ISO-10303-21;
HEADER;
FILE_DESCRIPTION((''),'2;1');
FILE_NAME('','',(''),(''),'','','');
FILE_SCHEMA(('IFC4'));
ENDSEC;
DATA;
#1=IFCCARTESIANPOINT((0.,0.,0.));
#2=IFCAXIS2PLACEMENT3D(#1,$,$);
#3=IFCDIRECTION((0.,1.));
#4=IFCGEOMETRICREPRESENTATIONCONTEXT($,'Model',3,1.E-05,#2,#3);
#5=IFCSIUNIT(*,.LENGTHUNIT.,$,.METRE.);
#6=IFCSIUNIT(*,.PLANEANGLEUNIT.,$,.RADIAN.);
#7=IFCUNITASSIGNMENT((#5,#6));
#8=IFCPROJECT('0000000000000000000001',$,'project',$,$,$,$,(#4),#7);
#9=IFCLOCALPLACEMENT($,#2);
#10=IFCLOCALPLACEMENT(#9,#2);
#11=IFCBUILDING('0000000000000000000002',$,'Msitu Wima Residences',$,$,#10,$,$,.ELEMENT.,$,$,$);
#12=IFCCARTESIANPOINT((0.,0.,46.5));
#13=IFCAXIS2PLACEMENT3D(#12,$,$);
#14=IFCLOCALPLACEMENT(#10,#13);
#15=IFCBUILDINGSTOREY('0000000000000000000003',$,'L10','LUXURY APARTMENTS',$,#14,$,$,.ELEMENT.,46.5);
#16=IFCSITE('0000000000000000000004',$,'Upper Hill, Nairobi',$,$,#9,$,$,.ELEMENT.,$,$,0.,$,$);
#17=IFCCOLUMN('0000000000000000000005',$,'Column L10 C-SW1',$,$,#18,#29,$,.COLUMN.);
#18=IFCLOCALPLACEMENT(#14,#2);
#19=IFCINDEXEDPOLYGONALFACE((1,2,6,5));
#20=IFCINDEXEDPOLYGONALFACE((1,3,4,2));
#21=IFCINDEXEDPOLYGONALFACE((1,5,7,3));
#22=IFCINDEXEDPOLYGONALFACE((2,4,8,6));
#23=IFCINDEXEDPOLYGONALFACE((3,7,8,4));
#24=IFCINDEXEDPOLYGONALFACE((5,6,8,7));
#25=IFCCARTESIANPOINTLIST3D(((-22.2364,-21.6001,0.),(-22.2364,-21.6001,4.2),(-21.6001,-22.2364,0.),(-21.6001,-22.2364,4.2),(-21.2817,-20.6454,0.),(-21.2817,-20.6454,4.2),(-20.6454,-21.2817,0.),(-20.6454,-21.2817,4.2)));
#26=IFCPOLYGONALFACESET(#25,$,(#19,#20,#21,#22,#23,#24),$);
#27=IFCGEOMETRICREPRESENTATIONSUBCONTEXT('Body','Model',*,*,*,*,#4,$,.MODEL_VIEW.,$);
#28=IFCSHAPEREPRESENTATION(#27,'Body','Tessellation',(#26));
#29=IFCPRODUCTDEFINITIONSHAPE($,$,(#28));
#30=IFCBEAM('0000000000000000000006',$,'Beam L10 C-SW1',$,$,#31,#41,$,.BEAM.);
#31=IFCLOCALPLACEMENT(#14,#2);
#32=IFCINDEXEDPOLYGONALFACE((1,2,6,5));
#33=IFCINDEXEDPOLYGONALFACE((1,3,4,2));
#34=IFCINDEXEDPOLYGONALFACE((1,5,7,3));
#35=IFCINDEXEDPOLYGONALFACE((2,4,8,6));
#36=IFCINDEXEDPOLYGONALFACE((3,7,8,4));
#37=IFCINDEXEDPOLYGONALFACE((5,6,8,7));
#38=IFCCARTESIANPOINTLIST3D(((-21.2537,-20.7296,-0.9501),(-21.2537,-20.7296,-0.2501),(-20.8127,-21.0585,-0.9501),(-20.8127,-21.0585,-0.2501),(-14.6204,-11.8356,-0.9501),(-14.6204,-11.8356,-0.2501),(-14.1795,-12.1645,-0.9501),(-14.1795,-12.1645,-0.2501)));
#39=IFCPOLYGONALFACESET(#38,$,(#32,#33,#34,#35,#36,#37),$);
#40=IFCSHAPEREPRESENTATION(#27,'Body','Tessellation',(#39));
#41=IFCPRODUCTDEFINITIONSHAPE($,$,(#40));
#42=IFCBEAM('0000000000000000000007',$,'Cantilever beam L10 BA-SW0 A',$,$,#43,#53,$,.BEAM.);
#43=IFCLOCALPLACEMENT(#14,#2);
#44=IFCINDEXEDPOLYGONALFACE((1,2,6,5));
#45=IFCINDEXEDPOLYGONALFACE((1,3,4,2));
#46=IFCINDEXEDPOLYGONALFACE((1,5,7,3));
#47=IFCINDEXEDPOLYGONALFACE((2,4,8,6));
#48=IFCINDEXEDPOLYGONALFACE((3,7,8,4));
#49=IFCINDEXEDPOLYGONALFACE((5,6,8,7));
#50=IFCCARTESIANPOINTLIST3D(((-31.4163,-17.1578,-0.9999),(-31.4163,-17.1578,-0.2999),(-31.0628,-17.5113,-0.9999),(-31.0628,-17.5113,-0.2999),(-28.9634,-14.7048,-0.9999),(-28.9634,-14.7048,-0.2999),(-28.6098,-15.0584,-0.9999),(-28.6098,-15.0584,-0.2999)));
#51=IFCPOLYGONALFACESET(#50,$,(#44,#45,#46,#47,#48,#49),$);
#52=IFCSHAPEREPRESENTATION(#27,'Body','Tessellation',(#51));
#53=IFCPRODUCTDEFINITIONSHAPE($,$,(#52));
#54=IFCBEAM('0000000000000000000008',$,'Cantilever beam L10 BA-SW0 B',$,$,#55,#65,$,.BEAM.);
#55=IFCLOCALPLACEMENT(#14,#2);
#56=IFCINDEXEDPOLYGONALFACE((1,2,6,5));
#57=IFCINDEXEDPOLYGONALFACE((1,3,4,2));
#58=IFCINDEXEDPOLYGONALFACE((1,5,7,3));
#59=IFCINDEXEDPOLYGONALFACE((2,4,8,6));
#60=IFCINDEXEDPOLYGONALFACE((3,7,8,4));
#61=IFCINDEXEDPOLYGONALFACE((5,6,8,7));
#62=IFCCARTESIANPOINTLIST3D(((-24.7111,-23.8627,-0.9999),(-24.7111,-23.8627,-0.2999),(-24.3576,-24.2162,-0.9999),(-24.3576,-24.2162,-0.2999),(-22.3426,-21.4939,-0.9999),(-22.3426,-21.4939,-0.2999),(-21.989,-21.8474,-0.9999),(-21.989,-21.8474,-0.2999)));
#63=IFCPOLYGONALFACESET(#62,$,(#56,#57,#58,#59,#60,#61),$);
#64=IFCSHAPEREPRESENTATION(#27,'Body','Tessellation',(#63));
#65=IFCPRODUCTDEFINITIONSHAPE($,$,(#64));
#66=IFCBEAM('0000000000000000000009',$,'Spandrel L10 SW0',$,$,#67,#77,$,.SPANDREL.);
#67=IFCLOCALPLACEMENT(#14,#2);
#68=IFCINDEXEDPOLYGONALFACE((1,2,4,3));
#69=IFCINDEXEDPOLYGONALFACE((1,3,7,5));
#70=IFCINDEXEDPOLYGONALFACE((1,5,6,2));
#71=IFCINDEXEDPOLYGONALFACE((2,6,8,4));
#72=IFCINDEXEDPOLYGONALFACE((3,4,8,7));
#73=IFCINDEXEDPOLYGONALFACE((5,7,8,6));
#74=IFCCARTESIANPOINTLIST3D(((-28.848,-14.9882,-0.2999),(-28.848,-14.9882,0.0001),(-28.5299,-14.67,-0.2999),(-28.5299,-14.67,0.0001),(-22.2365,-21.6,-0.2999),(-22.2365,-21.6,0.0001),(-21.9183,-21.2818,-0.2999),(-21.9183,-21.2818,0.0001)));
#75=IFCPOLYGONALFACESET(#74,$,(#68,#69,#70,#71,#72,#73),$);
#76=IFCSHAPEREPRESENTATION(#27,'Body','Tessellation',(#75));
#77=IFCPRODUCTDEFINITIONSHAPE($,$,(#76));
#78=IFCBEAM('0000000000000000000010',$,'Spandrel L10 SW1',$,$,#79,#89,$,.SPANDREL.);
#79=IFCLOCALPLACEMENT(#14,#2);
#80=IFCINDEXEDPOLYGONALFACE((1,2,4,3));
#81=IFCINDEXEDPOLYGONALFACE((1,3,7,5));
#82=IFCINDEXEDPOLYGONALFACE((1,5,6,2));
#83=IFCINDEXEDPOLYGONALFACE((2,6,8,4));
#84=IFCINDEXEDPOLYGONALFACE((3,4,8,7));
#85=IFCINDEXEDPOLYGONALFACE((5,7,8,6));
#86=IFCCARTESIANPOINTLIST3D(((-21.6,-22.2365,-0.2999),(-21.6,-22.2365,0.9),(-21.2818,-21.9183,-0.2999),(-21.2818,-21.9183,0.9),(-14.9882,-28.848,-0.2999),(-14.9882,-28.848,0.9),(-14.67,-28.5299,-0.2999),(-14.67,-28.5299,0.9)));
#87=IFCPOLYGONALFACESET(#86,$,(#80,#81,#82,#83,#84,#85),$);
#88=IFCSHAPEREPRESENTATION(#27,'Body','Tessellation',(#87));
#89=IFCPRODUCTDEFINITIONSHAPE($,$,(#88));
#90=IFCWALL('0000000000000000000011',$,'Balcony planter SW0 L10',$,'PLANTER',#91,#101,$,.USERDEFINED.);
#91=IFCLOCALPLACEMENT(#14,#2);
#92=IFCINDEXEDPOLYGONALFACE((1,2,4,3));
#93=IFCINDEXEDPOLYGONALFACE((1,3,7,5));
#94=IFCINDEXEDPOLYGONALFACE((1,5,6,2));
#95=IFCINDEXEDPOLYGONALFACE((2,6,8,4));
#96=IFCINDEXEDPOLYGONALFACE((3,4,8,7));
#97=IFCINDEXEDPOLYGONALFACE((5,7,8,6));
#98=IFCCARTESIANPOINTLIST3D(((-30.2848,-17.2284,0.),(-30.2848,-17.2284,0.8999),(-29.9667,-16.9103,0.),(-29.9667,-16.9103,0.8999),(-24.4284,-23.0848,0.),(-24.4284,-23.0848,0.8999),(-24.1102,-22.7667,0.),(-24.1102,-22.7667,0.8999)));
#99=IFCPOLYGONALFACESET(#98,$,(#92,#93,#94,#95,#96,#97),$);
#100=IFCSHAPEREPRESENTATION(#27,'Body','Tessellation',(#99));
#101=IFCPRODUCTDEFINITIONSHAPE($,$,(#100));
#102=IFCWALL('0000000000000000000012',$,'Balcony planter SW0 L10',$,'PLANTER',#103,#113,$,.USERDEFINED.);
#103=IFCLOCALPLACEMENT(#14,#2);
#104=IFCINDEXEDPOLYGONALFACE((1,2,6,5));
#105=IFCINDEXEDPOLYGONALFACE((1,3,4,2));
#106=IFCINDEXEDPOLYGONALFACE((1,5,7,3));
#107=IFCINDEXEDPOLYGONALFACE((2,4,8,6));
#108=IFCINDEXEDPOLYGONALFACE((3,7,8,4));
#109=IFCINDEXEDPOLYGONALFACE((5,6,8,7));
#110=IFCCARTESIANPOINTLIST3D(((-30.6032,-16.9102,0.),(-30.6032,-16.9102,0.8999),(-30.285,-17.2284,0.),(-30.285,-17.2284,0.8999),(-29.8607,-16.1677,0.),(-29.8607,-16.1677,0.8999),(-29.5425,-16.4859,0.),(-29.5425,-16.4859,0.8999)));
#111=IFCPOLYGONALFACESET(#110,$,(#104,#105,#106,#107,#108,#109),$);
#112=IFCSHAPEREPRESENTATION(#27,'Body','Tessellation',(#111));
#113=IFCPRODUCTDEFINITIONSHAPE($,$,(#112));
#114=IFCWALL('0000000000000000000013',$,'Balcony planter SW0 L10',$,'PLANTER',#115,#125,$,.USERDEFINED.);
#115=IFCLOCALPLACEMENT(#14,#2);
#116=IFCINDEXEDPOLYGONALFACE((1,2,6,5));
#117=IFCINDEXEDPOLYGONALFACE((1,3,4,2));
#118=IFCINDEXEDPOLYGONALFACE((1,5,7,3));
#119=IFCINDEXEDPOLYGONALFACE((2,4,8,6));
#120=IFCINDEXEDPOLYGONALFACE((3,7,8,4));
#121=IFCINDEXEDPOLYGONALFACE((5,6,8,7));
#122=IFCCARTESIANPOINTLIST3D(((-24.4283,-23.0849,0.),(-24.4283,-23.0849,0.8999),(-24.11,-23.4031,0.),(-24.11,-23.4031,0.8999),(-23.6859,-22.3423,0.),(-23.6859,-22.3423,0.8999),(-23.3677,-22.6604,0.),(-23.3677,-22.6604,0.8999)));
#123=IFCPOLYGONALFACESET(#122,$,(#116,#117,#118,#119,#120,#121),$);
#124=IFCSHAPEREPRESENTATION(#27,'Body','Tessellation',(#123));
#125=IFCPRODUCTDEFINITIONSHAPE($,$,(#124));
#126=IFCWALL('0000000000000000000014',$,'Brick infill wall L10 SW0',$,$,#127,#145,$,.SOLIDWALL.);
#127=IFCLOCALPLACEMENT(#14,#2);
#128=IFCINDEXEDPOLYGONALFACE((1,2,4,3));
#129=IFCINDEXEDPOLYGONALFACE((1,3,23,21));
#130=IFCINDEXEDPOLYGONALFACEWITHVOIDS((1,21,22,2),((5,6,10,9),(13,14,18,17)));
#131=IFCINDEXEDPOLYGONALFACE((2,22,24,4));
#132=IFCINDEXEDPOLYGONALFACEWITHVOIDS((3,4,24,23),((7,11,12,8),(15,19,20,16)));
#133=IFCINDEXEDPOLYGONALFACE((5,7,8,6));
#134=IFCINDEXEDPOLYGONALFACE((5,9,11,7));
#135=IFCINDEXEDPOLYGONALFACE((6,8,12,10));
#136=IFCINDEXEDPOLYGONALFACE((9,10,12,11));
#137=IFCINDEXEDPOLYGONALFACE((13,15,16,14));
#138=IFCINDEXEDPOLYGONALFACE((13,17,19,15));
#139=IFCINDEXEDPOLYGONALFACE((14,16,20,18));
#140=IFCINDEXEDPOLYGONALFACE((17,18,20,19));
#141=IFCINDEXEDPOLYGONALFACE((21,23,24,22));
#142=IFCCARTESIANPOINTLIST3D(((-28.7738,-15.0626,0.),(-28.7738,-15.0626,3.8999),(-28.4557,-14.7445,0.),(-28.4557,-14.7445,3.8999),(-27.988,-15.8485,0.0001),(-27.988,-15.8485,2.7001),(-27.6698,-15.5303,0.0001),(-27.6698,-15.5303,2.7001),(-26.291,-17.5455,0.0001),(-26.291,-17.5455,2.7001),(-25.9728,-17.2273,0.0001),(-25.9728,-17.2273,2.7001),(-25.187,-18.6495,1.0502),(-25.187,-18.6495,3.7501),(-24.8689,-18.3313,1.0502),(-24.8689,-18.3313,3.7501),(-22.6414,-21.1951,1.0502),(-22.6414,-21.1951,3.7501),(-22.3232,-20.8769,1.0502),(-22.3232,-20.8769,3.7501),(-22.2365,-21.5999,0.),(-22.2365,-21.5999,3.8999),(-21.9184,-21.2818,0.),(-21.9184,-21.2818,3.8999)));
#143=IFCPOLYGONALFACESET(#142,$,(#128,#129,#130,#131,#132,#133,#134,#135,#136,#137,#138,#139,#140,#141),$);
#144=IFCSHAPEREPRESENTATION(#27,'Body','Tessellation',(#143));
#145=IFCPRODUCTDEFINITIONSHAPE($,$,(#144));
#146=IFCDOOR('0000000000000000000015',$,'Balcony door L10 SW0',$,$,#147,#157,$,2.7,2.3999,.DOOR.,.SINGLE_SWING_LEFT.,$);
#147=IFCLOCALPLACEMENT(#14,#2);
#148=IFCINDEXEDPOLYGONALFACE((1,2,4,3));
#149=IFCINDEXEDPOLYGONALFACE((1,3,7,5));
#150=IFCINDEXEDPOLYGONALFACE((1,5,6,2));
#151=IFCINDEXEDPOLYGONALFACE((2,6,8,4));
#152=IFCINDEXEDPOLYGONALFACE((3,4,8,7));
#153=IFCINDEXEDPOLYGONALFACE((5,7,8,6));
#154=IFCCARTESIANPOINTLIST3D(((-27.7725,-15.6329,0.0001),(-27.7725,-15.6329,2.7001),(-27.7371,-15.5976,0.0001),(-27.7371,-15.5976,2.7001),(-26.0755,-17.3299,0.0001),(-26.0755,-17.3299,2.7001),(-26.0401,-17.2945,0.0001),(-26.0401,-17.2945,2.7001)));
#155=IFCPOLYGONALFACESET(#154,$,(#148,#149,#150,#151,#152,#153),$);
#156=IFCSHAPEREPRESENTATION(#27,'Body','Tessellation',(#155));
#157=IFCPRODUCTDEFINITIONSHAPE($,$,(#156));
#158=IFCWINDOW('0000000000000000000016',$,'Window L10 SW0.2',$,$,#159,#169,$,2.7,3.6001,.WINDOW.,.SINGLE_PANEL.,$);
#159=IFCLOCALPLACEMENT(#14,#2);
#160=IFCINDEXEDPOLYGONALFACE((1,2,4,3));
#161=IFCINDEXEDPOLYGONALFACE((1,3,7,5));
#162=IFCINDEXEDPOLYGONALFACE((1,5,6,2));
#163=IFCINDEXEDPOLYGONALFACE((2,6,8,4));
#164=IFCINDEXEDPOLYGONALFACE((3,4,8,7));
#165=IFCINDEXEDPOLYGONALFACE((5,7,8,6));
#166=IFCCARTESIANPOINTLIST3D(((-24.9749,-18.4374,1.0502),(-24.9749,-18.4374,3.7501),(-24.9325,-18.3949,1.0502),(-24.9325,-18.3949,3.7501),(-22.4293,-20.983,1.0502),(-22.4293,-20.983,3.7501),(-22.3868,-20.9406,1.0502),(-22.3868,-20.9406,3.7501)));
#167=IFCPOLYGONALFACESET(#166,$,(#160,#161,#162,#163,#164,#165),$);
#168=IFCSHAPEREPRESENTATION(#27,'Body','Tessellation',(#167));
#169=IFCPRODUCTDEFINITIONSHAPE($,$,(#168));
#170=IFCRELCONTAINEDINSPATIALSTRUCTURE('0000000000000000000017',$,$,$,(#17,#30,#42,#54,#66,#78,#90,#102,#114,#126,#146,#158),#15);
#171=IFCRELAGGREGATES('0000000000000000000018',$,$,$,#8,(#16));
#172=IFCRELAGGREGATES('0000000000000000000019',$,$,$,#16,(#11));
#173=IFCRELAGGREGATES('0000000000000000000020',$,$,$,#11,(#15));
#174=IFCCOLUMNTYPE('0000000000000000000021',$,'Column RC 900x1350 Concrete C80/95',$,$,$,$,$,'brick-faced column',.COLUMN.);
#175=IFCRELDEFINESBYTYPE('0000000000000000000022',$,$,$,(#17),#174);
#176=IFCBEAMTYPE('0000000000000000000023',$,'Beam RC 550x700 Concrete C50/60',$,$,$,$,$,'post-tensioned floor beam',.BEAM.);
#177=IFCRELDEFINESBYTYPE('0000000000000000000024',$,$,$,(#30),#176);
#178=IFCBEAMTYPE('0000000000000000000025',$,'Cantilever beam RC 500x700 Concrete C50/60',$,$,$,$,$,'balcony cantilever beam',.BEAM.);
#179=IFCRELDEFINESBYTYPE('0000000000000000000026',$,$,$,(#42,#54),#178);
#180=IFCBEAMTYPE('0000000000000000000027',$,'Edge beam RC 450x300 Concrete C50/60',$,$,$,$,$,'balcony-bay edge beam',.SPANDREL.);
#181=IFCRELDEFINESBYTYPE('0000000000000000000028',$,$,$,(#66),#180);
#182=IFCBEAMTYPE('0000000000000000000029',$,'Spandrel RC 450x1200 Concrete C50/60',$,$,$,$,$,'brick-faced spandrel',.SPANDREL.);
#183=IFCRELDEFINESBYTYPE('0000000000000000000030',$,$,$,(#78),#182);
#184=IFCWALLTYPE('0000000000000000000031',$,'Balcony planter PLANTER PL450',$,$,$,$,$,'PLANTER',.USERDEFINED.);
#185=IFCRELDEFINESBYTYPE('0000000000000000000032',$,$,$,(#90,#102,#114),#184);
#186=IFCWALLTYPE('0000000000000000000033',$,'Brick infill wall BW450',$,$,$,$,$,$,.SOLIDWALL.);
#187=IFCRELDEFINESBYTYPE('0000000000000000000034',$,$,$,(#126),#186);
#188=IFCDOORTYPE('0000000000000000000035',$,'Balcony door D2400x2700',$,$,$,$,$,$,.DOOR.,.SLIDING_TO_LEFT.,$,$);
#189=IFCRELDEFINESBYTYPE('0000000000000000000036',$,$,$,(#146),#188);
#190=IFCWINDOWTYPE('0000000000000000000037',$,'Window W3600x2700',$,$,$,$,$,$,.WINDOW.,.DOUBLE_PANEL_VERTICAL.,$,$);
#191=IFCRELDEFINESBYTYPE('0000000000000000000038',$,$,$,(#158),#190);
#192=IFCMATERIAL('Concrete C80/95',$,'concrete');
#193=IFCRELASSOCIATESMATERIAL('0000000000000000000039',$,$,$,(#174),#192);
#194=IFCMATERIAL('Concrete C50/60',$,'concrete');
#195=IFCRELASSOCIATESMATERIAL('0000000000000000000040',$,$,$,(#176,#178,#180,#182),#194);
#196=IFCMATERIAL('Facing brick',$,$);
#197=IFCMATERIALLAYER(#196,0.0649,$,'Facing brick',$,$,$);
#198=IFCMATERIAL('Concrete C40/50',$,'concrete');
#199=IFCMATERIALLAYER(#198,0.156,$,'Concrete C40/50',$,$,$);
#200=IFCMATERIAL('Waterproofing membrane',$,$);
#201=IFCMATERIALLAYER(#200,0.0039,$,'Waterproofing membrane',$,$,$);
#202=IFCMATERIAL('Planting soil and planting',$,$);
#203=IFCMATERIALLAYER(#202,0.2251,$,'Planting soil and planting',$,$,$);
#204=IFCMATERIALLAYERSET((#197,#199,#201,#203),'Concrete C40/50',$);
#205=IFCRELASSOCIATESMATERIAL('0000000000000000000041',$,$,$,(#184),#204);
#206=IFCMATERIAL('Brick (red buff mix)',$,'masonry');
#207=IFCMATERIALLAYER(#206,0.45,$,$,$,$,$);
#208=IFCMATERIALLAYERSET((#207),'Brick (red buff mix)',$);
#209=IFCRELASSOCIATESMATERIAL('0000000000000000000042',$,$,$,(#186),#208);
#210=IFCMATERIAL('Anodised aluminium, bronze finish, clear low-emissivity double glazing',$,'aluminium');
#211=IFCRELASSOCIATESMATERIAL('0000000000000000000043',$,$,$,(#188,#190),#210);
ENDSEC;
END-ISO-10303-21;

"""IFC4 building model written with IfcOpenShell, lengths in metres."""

from ifc_helpers import new_model, si_unit, direction, frame, frame_2d, origin, origin_2d, place, context, subcontext, project, spatial, rectangle, extrude, material, layer, layer_set, material_profile, profile_set, type_object, element, fill, save


model = new_model("IFC4")

# Units and contexts
model_context = context("Model", 3, precision=1e-05, world=origin(), true_north=direction((0.0, 1.0)))
body_context = subcontext(model_context, "Body", "Model", "MODEL_VIEW")
ifc_project = project(units=[si_unit("LENGTHUNIT", "METRE"), si_unit("PLANEANGLEUNIT", "RADIAN")], contexts=[model_context])

# Site, building, storey
site_placement = place(None, origin())
site = spatial("IfcSite", under=ifc_project, at=site_placement, Name="Upper Hill, Nairobi", CompositionType="ELEMENT", RefElevation=0.0)
building_placement = place(site_placement, origin())
building = spatial("IfcBuilding", under=site, at=building_placement, Name="Msitu Wima Residences", CompositionType="ELEMENT")
storey_placement = place(building_placement, frame((0.0, 0.0, 46.5)))
storey = spatial("IfcBuildingStorey", under=building, at=storey_placement, Name="L10", Description="LUXURY APARTMENTS", CompositionType="ELEMENT", Elevation=46.5)

# Column
ifc_material_1 = material(Name="Concrete C80/95", Category="concrete")
ifc_material_profile_1 = material_profile(ifc_material_1, rectangle(XDim=0.8999, YDim=1.3501, at=origin_2d()), Name="RC 900x1350")
ifc_profile_set_1 = profile_set([ifc_material_profile_1], Name="Concrete C80/95")
column_type = type_object("IfcColumnType", Name="Column RC 900x1350 Concrete C80/95", ElementType="brick-faced column", PredefinedType="COLUMN", material=ifc_profile_set_1)
column_placement = place(storey_placement, frame((-21.4409, -21.4409, 0.0), z_axis=(0.0, 0.0, 1.0), x_axis=(0.707107, -0.707107, 0.0)))
element("IfcColumn", 1, at=column_placement, inside=storey, type_object=column_type, Name="Column L10 C-SW1", PredefinedType="COLUMN", context=body_context, shape_type="SweptSolid", body=[
    extrude(rectangle(XDim=0.8999, YDim=1.3501, at=origin_2d()), origin(), (0.0, 0.0, 1.0), 4.2),
])

# Beams
ifc_material_2 = material(Name="Concrete C50/60", Category="concrete")
ifc_material_profile_2 = material_profile(ifc_material_2, rectangle(XDim=0.55, YDim=0.7, at=origin_2d()), Name="RC 550x700")
ifc_profile_set_2 = profile_set([ifc_material_profile_2], Name="Concrete C50/60")
beam_type_1 = type_object("IfcBeamType", Name="Beam RC 550x700 Concrete C50/60", ElementType="post-tensioned floor beam", PredefinedType="BEAM", material=ifc_profile_set_2)
beam_1_placement = place(storey_placement, frame((-21.0332, -20.894, -0.6001), z_axis=(0.59785, 0.801608, 0.0), x_axis=(-0.801608, 0.59785, 0.0)))
element("IfcBeam", 2, at=beam_1_placement, inside=storey, type_object=beam_type_1, Name="Beam L10 C-SW1", PredefinedType="BEAM", context=body_context, shape_type="SweptSolid", body=[
    extrude(rectangle(XDim=0.55, YDim=0.7, at=origin_2d()), origin(), (0.0, 0.0, 1.0), 11.0952),
])
ifc_material_profile_3 = material_profile(ifc_material_2, rectangle(XDim=0.5, YDim=0.7, at=origin_2d()), Name="RC 500x700")
ifc_profile_set_3 = profile_set([ifc_material_profile_3], Name="Concrete C50/60")
beam_type_2 = type_object("IfcBeamType", Name="Cantilever beam RC 500x700 Concrete C50/60", ElementType="balcony cantilever beam", PredefinedType="BEAM", material=ifc_profile_set_3)
beam_2_placement = place(storey_placement, frame((-28.7866, -14.8816, -0.6499), z_axis=(-0.707107, -0.707107, 0.0), x_axis=(0.707107, -0.707107, 0.0)))
element("IfcBeam", 3, at=beam_2_placement, inside=storey, type_object=beam_type_2, Name="Cantilever beam L10 BA-SW0 A", PredefinedType="BEAM", context=body_context, shape_type="SweptSolid", body=[
    extrude(rectangle(XDim=0.5, YDim=0.7, at=origin_2d()), origin(), (0.0, 0.0, 1.0), 3.469),
])
beam_3_placement = place(storey_placement, frame((-22.1658, -21.6707, -0.6499), z_axis=(-0.70707, -0.707143, 0.0), x_axis=(0.707143, -0.70707, 0.0)))
element("IfcBeam", 4, at=beam_3_placement, inside=storey, type_object=beam_type_2, Name="Cantilever beam L10 BA-SW0 B", PredefinedType="BEAM", context=body_context, shape_type="SweptSolid", body=[
    extrude(rectangle(XDim=0.5, YDim=0.7, at=origin_2d()), origin(), (0.0, 0.0, 1.0), 3.3499),
])
ifc_material_profile_4 = material_profile(ifc_material_2, rectangle(XDim=0.45, YDim=0.3, at=origin_2d()), Name="RC 450x300")
ifc_profile_set_4 = profile_set([ifc_material_profile_4], Name="Concrete C50/60")
beam_type_3 = type_object("IfcBeamType", Name="Edge beam RC 450x300 Concrete C50/60", ElementType="balcony-bay edge beam", PredefinedType="SPANDREL", material=ifc_profile_set_4)
beam_4_placement = place(storey_placement, frame((-28.689, -14.8291, -0.1499), z_axis=(0.707094, -0.70712, 0.0), x_axis=(0.70712, 0.707094, 0.0)))
element("IfcBeam", 5, at=beam_4_placement, inside=storey, type_object=beam_type_3, Name="Spandrel L10 SW0", PredefinedType="SPANDREL", context=body_context, shape_type="SweptSolid", body=[
    extrude(rectangle(XDim=0.45, YDim=0.3, at=origin_2d()), origin(), (0.0, 0.0, 1.0), 9.3503),
])
ifc_material_profile_5 = material_profile(ifc_material_2, rectangle(XDim=0.45, YDim=1.2, at=origin_2d()), Name="RC 450x1200")
ifc_profile_set_5 = profile_set([ifc_material_profile_5], Name="Concrete C50/60")
beam_type_4 = type_object("IfcBeamType", Name="Spandrel RC 450x1200 Concrete C50/60", ElementType="brick-faced spandrel", PredefinedType="SPANDREL", material=ifc_profile_set_5)
beam_5_placement = place(storey_placement, frame((-21.4409, -22.0774, 0.3), z_axis=(0.70712, -0.707094, 0.0), x_axis=(0.707094, 0.70712, 0.0)))
element("IfcBeam", 6, at=beam_5_placement, inside=storey, type_object=beam_type_4, Name="Spandrel L10 SW1", PredefinedType="SPANDREL", context=body_context, shape_type="SweptSolid", body=[
    extrude(rectangle(XDim=0.45, YDim=1.2, at=origin_2d()), origin(), (0.0, 0.0, 1.0), 9.3503),
])

# Walls
ifc_material_3 = material(Name="Facing brick")
ifc_layer_1 = layer(ifc_material_3, 0.0649, Name="Facing brick")
ifc_material_4 = material(Name="Concrete C40/50", Category="concrete")
ifc_layer_2 = layer(ifc_material_4, 0.156, Name="Concrete C40/50")
ifc_material_5 = material(Name="Waterproofing membrane")
ifc_layer_3 = layer(ifc_material_5, 0.0039, Name="Waterproofing membrane")
ifc_material_6 = material(Name="Planting soil and planting")
ifc_layer_4 = layer(ifc_material_6, 0.2251, Name="Planting soil and planting")
ifc_layer_set_1 = layer_set([ifc_layer_1, ifc_layer_2, ifc_layer_3, ifc_layer_4], Name="Concrete C40/50")
wall_type_1 = type_object("IfcWallType", Name="Balcony planter PLANTER PL450", ElementType="PLANTER", PredefinedType="USERDEFINED", material=ifc_layer_set_1)
wall_1_placement = place(storey_placement, frame((-30.1257, -17.0693, 0.0), z_axis=(0.0, 0.0, 1.0), x_axis=(0.707107, -0.707107, 0.0)))
element("IfcWall", 7, at=wall_1_placement, inside=storey, type_object=wall_type_1, Name="Balcony planter SW0 L10", ObjectType="PLANTER", PredefinedType="USERDEFINED", context=body_context, shape_type="SweptSolid", body=[
    extrude(rectangle(XDim=8.2822, YDim=0.45, at=frame_2d((4.1411, 0.0))), origin(), (0.0, 0.0, 1.0), 0.8999),
])
for number, where, z_axis, x_axis, name in (
    (8, (-29.7017, -16.3269, 0.0), (0.0, 0.0, 1.0), (-0.707107, -0.707107, 0.0), "Balcony planter SW0 L10"),
    (9, (-23.5269, -22.5015, 0.0), (0.0, 0.0, 1.0), (-0.706991, -0.707223, 0.0), "Balcony planter SW0 L10"),
):
    element("IfcWall", number, at=place(storey_placement, frame(where, z_axis=z_axis, x_axis=x_axis)), inside=storey, type_object=wall_type_1, Name=name, ObjectType="PLANTER", PredefinedType="USERDEFINED", context=body_context, shape_type="SweptSolid", body=[
        extrude(rectangle(XDim=1.05, YDim=0.45, at=frame_2d((0.5249, 0.0))), origin(), (0.0, 0.0, 1.0), 0.8999),
    ])

# Wall, openings, door, window
ifc_material_7 = material(Name="Brick (red buff mix)", Category="masonry")
ifc_layer_5 = layer(ifc_material_7, 0.45)
ifc_layer_set_2 = layer_set([ifc_layer_5], Name="Brick (red buff mix)")
wall_type_2 = type_object("IfcWallType", Name="Brick infill wall BW450", PredefinedType="SOLIDWALL", material=ifc_layer_set_2)
wall_2_placement = place(storey_placement, frame((-28.6147, -14.9036, 0.0), z_axis=(0.0, 0.0, 1.0), x_axis=(0.707107, -0.707107, 0.0)))
wall_2 = element("IfcWall", 10, at=wall_2_placement, inside=storey, type_object=wall_type_2, Name="Brick infill wall L10 SW0", PredefinedType="SOLIDWALL", context=body_context, shape_type="SweptSolid", body=[
    extrude(rectangle(XDim=9.2451, YDim=0.45, at=frame_2d((4.6226, 0.0))), origin(), (0.0, 0.0, 1.0), 3.8999),
])
opening_1_placement = place(wall_2_placement, frame((1.1113, 0.0, 0.0)))
opening_1 = element("IfcOpeningElement", 11, at=opening_1_placement, cuts=wall_2, PredefinedType="OPENING", context=body_context, shape_type="SweptSolid", body=[
    extrude(rectangle(XDim=2.3999, YDim=2.7, at=frame_2d((1.2, 1.3501))), frame((0.0, 0.2349, 0.0), z_axis=(0.0, -1.0, 0.0), x_axis=(1.0, 0.0, 0.0)), (0.0, 0.0, 1.0), 0.47),
])
opening_2_placement = place(wall_2_placement, frame((5.0725, 0.0, 1.05)))
opening_2 = element("IfcOpeningElement", 12, at=opening_2_placement, cuts=wall_2, PredefinedType="OPENING", context=body_context, shape_type="SweptSolid", body=[
    extrude(rectangle(XDim=3.6001, YDim=2.7, at=frame_2d((1.8, 1.3501))), frame((0.0, 0.2349, 0.0), z_axis=(0.0, -1.0, 0.0), x_axis=(1.0, 0.0, 0.0)), (0.0, 0.0, 1.0), 0.47),
])
ifc_material_8 = material(Name="Anodised aluminium, bronze finish, clear low-emissivity double glazing", Category="aluminium")
door_type_1 = type_object("IfcDoorType", Name="Balcony door D2400x2700", OperationType="SLIDING_TO_LEFT", PredefinedType="DOOR", material=ifc_material_8)
door_1_placement = place(opening_1_placement, origin())
door_1 = element("IfcDoor", 13, at=door_1_placement, inside=storey, type_object=door_type_1, Name="Balcony door L10 SW0", OperationType="SINGLE_SWING_LEFT", OverallHeight=2.7, OverallWidth=2.3999, PredefinedType="DOOR", context=body_context, shape_type="SweptSolid", body=[
    extrude(rectangle(XDim=2.3999, YDim=2.7, at=frame_2d((1.2, 1.3501))), frame((0.0, 0.1299, 0.0), z_axis=(0.0, -1.0, 0.0), x_axis=(1.0, 0.0, 0.0)), (0.0, 0.0, 1.0), 0.05),
])
fill(opening_1, door_1)
window_type = type_object("IfcWindowType", Name="Window W3600x2700", PartitioningType="DOUBLE_PANEL_VERTICAL", PredefinedType="WINDOW", material=ifc_material_8)
window_1_placement = place(opening_2_placement, origin())
window_1 = element("IfcWindow", 14, at=window_1_placement, inside=storey, type_object=window_type, Name="Window L10 SW0.2", OverallHeight=2.7, OverallWidth=3.6001, PartitioningType="SINGLE_PANEL", PredefinedType="WINDOW", context=body_context, shape_type="SweptSolid", body=[
    extrude(rectangle(XDim=3.6001, YDim=2.7, at=frame_2d((1.8, 1.3501))), frame((0.0, 0.135, 0.0), z_axis=(0.0, -1.0, 0.0), x_axis=(1.0, 0.0, 0.0)), (0.0, 0.0, 1.0), 0.0601),
])
fill(opening_2, window_1)

save(model, "model.ifc")
